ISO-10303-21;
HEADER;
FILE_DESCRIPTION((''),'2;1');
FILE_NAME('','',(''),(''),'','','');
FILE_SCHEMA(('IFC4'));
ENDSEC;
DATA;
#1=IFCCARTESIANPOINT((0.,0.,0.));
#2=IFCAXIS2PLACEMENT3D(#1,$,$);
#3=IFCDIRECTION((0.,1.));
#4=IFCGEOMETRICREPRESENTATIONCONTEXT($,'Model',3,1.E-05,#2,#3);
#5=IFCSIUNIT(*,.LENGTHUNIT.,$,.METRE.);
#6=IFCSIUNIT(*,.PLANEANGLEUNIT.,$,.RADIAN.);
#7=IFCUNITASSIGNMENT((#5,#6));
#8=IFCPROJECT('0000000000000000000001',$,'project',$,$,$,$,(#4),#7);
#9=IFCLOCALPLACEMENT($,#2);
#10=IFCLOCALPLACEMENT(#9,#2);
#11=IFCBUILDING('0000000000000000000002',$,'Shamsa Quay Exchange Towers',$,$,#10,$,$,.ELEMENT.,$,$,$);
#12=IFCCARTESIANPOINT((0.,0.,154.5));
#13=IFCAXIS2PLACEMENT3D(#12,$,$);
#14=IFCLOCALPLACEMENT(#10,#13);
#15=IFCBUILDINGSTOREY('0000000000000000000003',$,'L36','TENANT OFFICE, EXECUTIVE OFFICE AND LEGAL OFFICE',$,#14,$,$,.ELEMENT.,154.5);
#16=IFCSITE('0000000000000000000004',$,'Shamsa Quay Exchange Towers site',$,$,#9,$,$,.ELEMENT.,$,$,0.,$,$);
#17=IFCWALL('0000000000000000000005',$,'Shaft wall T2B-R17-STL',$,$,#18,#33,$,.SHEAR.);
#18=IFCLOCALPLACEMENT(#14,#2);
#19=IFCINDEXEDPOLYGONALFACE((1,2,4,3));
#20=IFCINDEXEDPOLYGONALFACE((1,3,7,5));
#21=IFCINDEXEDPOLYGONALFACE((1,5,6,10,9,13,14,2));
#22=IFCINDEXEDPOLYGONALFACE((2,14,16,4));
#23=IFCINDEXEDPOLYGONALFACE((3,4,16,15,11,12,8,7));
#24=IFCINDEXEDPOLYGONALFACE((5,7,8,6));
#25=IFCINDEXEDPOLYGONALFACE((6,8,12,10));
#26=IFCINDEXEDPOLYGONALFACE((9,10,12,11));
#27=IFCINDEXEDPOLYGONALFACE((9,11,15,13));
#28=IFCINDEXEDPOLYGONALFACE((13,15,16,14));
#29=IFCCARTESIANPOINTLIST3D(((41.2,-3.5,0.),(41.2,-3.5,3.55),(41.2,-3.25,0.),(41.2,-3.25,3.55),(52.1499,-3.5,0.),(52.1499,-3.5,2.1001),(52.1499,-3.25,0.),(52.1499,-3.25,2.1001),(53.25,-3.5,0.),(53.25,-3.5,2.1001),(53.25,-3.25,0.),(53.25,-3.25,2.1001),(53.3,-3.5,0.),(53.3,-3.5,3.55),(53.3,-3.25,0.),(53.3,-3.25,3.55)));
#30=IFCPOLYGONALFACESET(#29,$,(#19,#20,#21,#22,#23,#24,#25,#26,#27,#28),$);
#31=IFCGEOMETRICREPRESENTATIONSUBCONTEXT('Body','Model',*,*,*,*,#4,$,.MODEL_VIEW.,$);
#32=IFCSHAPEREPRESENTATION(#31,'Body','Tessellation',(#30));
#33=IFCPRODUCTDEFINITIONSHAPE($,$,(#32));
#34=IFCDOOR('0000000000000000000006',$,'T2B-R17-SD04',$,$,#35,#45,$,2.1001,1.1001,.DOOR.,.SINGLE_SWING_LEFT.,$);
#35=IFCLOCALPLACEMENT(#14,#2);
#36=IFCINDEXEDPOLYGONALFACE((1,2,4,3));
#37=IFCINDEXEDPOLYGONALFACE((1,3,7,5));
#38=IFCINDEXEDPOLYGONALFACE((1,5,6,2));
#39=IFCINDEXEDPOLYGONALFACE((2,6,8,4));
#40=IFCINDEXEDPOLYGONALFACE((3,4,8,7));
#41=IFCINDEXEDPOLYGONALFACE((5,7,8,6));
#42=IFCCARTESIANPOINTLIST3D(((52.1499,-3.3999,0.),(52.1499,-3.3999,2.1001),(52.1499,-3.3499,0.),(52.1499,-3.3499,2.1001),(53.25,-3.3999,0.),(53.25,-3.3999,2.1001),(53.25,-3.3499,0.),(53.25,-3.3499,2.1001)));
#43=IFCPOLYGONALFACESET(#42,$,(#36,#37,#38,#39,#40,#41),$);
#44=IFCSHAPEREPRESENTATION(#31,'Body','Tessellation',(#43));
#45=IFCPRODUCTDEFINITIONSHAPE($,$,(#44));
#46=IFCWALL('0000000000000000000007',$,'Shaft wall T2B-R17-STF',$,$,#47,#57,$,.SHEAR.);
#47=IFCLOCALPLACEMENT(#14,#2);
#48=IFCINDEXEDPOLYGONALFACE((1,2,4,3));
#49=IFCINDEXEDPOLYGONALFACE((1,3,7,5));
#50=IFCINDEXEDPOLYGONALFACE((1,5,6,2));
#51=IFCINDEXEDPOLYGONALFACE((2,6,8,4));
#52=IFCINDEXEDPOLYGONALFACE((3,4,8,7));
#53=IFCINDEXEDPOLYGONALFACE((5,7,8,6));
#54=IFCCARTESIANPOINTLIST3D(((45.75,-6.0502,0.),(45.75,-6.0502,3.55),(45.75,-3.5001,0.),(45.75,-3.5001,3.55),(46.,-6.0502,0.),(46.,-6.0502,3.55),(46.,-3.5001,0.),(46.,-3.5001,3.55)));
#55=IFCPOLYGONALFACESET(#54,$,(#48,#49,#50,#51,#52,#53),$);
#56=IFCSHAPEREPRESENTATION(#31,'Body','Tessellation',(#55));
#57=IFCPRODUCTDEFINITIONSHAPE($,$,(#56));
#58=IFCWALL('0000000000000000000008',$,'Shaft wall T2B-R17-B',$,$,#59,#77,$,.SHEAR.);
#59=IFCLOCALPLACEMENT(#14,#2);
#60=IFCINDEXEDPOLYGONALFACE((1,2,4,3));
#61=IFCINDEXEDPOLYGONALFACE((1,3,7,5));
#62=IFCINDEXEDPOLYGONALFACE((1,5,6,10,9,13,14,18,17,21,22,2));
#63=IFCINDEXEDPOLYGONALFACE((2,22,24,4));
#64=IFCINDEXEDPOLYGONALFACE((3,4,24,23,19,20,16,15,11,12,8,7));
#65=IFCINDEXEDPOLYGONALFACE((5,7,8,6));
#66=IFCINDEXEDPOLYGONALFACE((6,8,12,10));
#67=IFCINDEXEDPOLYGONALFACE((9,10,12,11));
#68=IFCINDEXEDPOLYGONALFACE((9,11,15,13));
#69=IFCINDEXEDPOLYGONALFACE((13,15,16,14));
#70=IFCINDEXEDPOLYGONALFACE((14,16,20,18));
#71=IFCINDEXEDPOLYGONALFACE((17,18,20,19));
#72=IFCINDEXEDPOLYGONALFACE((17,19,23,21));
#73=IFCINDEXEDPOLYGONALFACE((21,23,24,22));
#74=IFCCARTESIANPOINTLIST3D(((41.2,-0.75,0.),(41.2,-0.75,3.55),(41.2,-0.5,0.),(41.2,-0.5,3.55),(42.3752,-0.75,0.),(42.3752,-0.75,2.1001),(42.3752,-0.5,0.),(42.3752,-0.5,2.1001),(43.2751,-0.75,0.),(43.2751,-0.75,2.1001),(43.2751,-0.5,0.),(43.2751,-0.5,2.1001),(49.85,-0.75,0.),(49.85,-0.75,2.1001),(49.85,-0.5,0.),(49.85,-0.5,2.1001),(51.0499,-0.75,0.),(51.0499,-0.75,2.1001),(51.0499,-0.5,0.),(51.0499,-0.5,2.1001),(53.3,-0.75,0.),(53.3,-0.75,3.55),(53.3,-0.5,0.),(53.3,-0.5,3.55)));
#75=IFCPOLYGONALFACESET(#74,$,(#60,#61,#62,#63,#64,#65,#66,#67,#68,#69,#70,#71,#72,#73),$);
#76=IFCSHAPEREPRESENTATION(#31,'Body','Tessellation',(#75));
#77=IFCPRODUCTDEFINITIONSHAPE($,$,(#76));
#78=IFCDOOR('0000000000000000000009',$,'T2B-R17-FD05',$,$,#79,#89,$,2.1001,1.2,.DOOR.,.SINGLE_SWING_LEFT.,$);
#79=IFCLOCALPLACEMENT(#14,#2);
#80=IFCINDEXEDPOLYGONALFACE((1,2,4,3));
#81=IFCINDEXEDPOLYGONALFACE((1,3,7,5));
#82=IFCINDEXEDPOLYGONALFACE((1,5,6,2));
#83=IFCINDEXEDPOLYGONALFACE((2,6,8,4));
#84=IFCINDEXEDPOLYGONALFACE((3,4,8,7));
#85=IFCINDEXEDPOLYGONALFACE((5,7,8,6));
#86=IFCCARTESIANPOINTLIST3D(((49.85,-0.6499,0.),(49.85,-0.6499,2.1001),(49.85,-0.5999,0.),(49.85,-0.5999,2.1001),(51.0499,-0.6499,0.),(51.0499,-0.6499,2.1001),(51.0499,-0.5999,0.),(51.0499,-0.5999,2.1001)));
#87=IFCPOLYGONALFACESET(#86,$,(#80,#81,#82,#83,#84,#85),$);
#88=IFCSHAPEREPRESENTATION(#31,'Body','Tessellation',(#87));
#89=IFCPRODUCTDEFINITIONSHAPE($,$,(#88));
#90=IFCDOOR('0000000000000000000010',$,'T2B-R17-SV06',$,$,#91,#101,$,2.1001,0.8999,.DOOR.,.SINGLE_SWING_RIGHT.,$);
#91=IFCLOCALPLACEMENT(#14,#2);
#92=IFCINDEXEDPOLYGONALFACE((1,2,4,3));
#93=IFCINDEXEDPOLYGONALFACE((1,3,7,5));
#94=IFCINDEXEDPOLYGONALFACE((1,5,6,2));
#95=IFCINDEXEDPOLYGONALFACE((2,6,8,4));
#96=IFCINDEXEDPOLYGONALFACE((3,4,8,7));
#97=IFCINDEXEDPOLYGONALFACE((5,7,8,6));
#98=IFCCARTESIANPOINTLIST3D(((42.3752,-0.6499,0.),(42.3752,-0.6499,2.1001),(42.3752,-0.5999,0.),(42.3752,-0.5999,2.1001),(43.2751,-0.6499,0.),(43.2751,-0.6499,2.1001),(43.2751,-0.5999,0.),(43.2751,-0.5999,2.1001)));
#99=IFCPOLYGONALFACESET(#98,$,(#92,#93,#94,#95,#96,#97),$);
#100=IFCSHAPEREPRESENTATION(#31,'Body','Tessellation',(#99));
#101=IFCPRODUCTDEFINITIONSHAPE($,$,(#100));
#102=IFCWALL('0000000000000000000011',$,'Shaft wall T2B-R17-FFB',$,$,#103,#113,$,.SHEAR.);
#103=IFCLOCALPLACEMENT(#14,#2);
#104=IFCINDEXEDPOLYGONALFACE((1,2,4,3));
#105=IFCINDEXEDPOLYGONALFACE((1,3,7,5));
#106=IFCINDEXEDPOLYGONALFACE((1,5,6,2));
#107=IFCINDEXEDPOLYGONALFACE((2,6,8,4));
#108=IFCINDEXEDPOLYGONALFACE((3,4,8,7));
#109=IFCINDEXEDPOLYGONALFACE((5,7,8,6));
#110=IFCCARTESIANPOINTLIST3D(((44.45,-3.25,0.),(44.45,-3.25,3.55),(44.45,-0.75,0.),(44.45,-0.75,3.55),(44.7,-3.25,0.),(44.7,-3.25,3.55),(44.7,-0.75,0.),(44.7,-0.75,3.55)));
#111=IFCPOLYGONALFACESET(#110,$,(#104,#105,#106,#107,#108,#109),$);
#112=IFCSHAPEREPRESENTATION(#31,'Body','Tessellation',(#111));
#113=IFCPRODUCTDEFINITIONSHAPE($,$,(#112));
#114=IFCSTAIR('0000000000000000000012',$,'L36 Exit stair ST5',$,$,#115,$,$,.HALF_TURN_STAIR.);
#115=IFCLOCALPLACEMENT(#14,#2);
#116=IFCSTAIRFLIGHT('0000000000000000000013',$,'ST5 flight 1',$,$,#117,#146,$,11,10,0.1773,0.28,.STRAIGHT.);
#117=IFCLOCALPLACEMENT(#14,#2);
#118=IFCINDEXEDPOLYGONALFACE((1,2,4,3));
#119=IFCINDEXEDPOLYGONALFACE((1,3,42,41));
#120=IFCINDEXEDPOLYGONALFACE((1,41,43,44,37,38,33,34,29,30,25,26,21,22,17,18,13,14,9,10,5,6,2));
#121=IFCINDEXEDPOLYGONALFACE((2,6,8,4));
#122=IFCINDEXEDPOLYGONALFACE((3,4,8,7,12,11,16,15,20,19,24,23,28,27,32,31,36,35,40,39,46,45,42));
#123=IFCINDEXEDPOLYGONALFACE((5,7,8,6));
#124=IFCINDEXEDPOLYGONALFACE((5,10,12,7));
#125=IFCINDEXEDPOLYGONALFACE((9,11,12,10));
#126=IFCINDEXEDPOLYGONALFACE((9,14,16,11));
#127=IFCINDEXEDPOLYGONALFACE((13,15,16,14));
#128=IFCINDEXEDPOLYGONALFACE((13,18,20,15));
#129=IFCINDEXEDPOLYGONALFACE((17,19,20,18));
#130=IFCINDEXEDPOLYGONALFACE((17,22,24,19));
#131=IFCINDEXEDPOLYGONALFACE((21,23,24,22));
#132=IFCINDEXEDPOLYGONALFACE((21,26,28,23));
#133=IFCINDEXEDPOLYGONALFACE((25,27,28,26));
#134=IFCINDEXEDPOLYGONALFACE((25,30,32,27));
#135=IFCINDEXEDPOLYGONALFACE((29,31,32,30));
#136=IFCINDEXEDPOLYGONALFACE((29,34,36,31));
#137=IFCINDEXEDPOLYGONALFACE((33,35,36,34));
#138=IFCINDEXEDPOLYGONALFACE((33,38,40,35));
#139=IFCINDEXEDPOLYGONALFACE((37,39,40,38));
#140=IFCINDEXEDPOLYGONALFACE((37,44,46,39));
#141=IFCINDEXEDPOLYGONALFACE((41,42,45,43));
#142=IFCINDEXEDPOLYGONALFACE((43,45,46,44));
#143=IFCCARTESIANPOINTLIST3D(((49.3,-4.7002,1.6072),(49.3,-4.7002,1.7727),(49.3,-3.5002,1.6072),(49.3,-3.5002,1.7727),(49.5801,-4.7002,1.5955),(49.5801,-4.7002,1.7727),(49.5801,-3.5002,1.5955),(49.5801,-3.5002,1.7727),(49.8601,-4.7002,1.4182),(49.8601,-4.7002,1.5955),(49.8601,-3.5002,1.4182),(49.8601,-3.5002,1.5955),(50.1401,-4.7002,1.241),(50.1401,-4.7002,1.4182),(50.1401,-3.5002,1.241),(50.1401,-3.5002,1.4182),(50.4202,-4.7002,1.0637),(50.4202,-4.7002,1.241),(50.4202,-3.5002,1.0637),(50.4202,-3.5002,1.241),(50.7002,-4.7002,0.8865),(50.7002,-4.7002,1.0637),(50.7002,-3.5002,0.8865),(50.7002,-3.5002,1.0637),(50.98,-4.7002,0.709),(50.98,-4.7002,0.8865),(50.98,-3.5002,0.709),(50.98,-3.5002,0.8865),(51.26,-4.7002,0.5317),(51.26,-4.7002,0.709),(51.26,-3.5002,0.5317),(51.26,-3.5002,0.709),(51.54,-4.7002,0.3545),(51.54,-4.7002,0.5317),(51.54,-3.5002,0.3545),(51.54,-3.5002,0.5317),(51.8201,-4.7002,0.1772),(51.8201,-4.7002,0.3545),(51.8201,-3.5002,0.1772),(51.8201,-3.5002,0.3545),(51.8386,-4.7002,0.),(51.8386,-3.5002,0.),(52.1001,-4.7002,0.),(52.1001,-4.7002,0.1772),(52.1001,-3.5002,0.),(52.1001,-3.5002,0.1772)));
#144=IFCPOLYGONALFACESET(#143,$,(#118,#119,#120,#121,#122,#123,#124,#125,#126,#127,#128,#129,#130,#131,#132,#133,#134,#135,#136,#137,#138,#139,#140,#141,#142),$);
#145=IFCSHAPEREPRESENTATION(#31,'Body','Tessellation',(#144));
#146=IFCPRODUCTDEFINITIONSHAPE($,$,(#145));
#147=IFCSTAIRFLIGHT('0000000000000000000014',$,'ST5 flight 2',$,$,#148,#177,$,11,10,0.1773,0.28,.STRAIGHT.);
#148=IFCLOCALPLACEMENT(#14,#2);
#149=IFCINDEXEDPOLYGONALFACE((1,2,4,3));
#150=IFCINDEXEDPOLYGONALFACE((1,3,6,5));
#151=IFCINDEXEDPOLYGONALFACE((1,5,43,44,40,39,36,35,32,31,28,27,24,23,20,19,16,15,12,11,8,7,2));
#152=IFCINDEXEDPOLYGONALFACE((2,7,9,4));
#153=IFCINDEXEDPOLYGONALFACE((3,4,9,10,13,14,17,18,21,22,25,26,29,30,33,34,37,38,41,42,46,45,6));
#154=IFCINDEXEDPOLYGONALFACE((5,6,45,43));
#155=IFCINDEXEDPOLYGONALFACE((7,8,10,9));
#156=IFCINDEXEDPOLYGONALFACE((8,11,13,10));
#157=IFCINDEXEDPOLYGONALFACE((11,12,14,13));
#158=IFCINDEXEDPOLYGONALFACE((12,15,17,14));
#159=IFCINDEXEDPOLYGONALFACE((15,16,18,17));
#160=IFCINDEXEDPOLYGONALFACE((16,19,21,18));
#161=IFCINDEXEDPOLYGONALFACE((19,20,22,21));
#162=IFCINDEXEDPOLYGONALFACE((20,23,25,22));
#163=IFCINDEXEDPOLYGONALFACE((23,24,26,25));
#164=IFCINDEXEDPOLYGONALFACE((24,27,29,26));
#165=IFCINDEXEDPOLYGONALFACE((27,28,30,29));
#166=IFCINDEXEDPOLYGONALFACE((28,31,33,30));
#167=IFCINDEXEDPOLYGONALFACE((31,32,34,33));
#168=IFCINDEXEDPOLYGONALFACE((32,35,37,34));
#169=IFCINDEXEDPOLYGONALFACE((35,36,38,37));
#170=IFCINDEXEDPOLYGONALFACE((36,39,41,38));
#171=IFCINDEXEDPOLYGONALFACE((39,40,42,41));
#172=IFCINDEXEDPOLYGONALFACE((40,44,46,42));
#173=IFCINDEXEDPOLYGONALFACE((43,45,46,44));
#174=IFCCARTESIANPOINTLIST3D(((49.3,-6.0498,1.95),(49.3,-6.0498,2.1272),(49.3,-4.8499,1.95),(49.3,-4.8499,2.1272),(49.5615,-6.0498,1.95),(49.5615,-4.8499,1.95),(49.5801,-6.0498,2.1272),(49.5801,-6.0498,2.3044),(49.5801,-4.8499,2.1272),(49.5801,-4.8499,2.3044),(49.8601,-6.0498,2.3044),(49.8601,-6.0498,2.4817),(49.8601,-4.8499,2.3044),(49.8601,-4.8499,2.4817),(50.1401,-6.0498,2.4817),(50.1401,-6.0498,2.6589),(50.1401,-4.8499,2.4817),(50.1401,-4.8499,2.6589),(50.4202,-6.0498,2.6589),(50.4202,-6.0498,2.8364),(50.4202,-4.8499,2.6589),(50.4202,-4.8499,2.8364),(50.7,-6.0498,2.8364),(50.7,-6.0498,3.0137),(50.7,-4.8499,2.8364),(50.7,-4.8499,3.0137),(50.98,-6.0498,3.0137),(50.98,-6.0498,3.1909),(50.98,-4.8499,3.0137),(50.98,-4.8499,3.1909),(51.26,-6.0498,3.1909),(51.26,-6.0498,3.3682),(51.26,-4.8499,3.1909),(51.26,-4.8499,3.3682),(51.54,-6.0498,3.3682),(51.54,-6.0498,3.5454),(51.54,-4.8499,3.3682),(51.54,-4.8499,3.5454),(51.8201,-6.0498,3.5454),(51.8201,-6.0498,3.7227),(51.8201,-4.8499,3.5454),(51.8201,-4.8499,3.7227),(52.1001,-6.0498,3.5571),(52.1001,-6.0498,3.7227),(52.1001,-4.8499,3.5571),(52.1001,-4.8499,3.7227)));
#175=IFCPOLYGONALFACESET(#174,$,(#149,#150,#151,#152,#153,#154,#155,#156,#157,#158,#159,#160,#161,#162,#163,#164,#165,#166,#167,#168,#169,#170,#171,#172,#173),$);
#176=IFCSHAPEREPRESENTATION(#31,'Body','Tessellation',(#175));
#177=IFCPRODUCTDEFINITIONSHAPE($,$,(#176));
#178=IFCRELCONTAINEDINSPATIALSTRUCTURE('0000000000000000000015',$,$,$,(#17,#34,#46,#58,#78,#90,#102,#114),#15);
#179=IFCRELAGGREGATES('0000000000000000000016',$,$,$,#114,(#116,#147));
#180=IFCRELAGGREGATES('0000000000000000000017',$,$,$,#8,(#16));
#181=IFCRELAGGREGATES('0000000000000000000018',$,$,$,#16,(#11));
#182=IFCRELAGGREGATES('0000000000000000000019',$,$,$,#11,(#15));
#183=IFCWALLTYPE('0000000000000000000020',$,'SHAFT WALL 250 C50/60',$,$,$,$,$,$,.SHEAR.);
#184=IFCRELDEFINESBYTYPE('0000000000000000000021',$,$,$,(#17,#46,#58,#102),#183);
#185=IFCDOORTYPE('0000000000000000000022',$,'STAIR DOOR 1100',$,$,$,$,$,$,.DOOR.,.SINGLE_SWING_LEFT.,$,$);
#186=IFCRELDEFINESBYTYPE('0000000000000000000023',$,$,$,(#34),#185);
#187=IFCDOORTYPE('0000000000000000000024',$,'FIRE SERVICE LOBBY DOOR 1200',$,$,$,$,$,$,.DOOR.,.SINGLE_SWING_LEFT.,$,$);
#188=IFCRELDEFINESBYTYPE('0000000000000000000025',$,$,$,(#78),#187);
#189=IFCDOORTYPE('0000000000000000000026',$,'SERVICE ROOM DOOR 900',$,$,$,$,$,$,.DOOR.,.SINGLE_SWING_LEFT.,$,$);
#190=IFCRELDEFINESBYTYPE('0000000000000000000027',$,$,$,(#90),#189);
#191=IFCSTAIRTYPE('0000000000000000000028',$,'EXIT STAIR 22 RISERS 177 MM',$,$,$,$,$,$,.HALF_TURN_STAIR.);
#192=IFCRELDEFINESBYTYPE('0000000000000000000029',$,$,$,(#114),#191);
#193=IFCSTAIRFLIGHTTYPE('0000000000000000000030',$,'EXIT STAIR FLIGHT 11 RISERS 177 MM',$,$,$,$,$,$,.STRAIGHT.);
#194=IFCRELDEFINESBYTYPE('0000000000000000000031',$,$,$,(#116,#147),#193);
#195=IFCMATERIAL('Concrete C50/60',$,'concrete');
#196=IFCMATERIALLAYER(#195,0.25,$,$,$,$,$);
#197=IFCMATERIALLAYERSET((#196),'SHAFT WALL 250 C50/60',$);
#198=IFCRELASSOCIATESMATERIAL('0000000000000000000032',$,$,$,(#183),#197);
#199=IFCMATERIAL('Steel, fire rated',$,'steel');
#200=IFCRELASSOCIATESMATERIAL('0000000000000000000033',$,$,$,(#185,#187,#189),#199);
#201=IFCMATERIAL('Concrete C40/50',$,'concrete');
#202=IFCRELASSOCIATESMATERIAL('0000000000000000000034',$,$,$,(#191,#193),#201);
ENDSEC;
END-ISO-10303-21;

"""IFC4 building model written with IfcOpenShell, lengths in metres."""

from ifc_helpers import new_model, si_unit, direction, frame, frame_2d, origin, place, context, subcontext, project, spatial, polyline, rectangle, outline, extrude, material, layer, layer_set, type_object, element, fill, aggregate, save


model = new_model("IFC4")

# Units and contexts
model_context = context("Model", 3, precision=1e-05, world=origin(), true_north=direction((0.0, 1.0)))
body_context = subcontext(model_context, "Body", "Model", "MODEL_VIEW")
ifc_project = project(units=[si_unit("LENGTHUNIT", "METRE"), si_unit("PLANEANGLEUNIT", "RADIAN")], contexts=[model_context])

# Site, building, storey
site_placement = place(None, origin())
site = spatial("IfcSite", under=ifc_project, at=site_placement, Name="Shamsa Quay Exchange Towers site", CompositionType="ELEMENT", RefElevation=0.0)
building_placement = place(site_placement, origin())
building = spatial("IfcBuilding", under=site, at=building_placement, Name="Shamsa Quay Exchange Towers", CompositionType="ELEMENT")
storey_placement = place(building_placement, frame((0.0, 0.0, 154.5)))
storey = spatial("IfcBuildingStorey", under=building, at=storey_placement, Name="L36", Description="TENANT OFFICE, EXECUTIVE OFFICE AND LEGAL OFFICE", CompositionType="ELEMENT", Elevation=154.5)

# Wall, opening, door
ifc_material_1 = material(Name="Steel, fire rated", Category="steel")
ifc_material_2 = material(Name="Concrete C50/60", Category="concrete")
ifc_layer_1 = layer(ifc_material_2, 0.25)
ifc_layer_set_1 = layer_set([ifc_layer_1], Name="SHAFT WALL 250 C50/60")
wall_type_1 = type_object("IfcWallType", Name="SHAFT WALL 250 C50/60", PredefinedType="SHEAR", material=ifc_layer_set_1)
wall_1_placement = place(storey_placement, frame((53.3, -3.375, 0.0), z_axis=(0.0, 0.0, 1.0), x_axis=(-1.0, 0.0, 0.0)))
wall_1 = element("IfcWall", 1, at=wall_1_placement, inside=storey, type_object=wall_type_1, Name="Shaft wall T2B-R17-STL", PredefinedType="SHEAR", context=body_context, shape_type="SweptSolid", body=[
    extrude(rectangle(XDim=12.1001, YDim=0.25, at=frame_2d((6.05, 0.0))), origin(), (0.0, 0.0, 1.0), 3.55),
])
opening_1_placement = place(wall_1_placement, frame((0.05, 0.0, 0.0)))
opening_1 = element("IfcOpeningElement", 2, at=opening_1_placement, cuts=wall_1, PredefinedType="OPENING", context=body_context, shape_type="SweptSolid", body=[
    extrude(rectangle(XDim=1.1001, YDim=2.1001, at=frame_2d((0.55, 1.05))), frame((0.0, 0.135, 0.0), z_axis=(0.0, -1.0, 0.0), x_axis=(1.0, 0.0, 0.0)), (0.0, 0.0, 1.0), 0.27),
])
door_type_1 = type_object("IfcDoorType", Name="STAIR DOOR 1100", OperationType="SINGLE_SWING_LEFT", PredefinedType="DOOR", material=ifc_material_1)
door_1_placement = place(opening_1_placement, origin())
door_1 = element("IfcDoor", 3, at=door_1_placement, inside=storey, type_object=door_type_1, Name="T2B-R17-SD04", OperationType="SINGLE_SWING_LEFT", OverallHeight=2.1001, OverallWidth=1.1001, PredefinedType="DOOR", context=body_context, shape_type="SweptSolid", body=[
    extrude(rectangle(XDim=1.1001, YDim=2.1001, at=frame_2d((0.55, 1.05))), frame((0.0, 0.0249, 0.0), z_axis=(0.0, -1.0, 0.0), x_axis=(1.0, 0.0, 0.0)), (0.0, 0.0, 1.0), 0.05),
])
fill(opening_1, door_1)

# Wall
wall_2_placement = place(storey_placement, frame((45.875, -6.05, 0.0), z_axis=(0.0, 0.0, 1.0), x_axis=(0.0, 1.0, 0.0)))
element("IfcWall", 4, at=wall_2_placement, inside=storey, type_object=wall_type_1, Name="Shaft wall T2B-R17-STF", PredefinedType="SHEAR", context=body_context, shape_type="SweptSolid", body=[
    extrude(rectangle(XDim=2.55, YDim=0.25, at=frame_2d((1.2749, 0.0))), origin(), (0.0, 0.0, 1.0), 3.55),
])

# Wall, openings, doors
wall_3_placement = place(storey_placement, frame((53.3, -0.625, 0.0), z_axis=(0.0, 0.0, 1.0), x_axis=(-1.0, 0.0, 0.0)))
wall_3 = element("IfcWall", 5, at=wall_3_placement, inside=storey, type_object=wall_type_1, Name="Shaft wall T2B-R17-B", PredefinedType="SHEAR", context=body_context, shape_type="SweptSolid", body=[
    extrude(rectangle(XDim=12.1001, YDim=0.25, at=frame_2d((6.05, 0.0))), origin(), (0.0, 0.0, 1.0), 3.55),
])
opening_2_placement = place(wall_3_placement, frame((2.25, 0.0, 0.0)))
opening_2 = element("IfcOpeningElement", 6, at=opening_2_placement, cuts=wall_3, PredefinedType="OPENING", context=body_context, shape_type="SweptSolid", body=[
    extrude(rectangle(XDim=1.2, YDim=2.1001, at=frame_2d((0.6001, 1.05))), frame((0.0, 0.135, 0.0), z_axis=(0.0, -1.0, 0.0), x_axis=(1.0, 0.0, 0.0)), (0.0, 0.0, 1.0), 0.27),
])
opening_3_placement = place(wall_3_placement, frame((10.0249, 0.0, 0.0)))
opening_3 = element("IfcOpeningElement", 7, at=opening_3_placement, cuts=wall_3, PredefinedType="OPENING", context=body_context, shape_type="SweptSolid", body=[
    extrude(rectangle(XDim=0.8999, YDim=2.1001, at=frame_2d((0.45, 1.05))), frame((0.0, 0.135, 0.0), z_axis=(0.0, -1.0, 0.0), x_axis=(1.0, 0.0, 0.0)), (0.0, 0.0, 1.0), 0.27),
])
door_type_2 = type_object("IfcDoorType", Name="FIRE SERVICE LOBBY DOOR 1200", OperationType="SINGLE_SWING_LEFT", PredefinedType="DOOR", material=ifc_material_1)
door_2_placement = place(opening_2_placement, origin())
door_2 = element("IfcDoor", 8, at=door_2_placement, inside=storey, type_object=door_type_2, Name="T2B-R17-FD05", OperationType="SINGLE_SWING_LEFT", OverallHeight=2.1001, OverallWidth=1.2, PredefinedType="DOOR", context=body_context, shape_type="SweptSolid", body=[
    extrude(rectangle(XDim=1.2, YDim=2.1001, at=frame_2d((0.6001, 1.05))), frame((0.0, 0.0249, 0.0), z_axis=(0.0, -1.0, 0.0), x_axis=(1.0, 0.0, 0.0)), (0.0, 0.0, 1.0), 0.05),
])
fill(opening_2, door_2)
door_type_3 = type_object("IfcDoorType", Name="SERVICE ROOM DOOR 900", OperationType="SINGLE_SWING_LEFT", PredefinedType="DOOR", material=ifc_material_1)
door_3_placement = place(opening_3_placement, origin())
door_3 = element("IfcDoor", 9, at=door_3_placement, inside=storey, type_object=door_type_3, Name="T2B-R17-SV06", OperationType="SINGLE_SWING_RIGHT", OverallHeight=2.1001, OverallWidth=0.8999, PredefinedType="DOOR", context=body_context, shape_type="SweptSolid", body=[
    extrude(rectangle(XDim=0.8999, YDim=2.1001, at=frame_2d((0.45, 1.05))), frame((0.0, 0.0249, 0.0), z_axis=(0.0, -1.0, 0.0), x_axis=(1.0, 0.0, 0.0)), (0.0, 0.0, 1.0), 0.05),
])
fill(opening_3, door_3)

# Wall
wall_4_placement = place(storey_placement, frame((44.575, -3.25, 0.0), z_axis=(0.0, 0.0, 1.0), x_axis=(0.0, 1.0, 0.0)))
element("IfcWall", 10, at=wall_4_placement, inside=storey, type_object=wall_type_1, Name="Shaft wall T2B-R17-FFB", PredefinedType="SHEAR", context=body_context, shape_type="SweptSolid", body=[
    extrude(rectangle(XDim=2.5, YDim=0.25, at=frame_2d((1.25, 0.0))), origin(), (0.0, 0.0, 1.0), 3.55),
])

# Stair, stair flights
ifc_material_3 = material(Name="Concrete C40/50", Category="concrete")
stair_type = type_object("IfcStairType", Name="EXIT STAIR 22 RISERS 177 MM", PredefinedType="HALF_TURN_STAIR", material=ifc_material_3)
stair_placement = place(storey_placement, origin())
stair = element("IfcStair", 11, at=stair_placement, inside=storey, type_object=stair_type, Name="L36 Exit stair ST5", PredefinedType="HALF_TURN_STAIR")
stair_flight_type = type_object("IfcStairFlightType", Name="EXIT STAIR FLIGHT 11 RISERS 177 MM", PredefinedType="STRAIGHT", material=ifc_material_3)
stair_flight_1_placement = place(storey_placement, frame((52.1001, -4.1001, 0.0), z_axis=(0.0, 0.0, 1.0), x_axis=(-1.0, 0.0, 0.0)))
stair_flight_1 = element("IfcStairFlight", 12, at=stair_flight_1_placement, type_object=stair_flight_type, Name="ST5 flight 1", NumberOfRisers=11, NumberOfTreads=10, PredefinedType="STRAIGHT", RiserHeight=0.1773, TreadLength=0.28, context=body_context, shape_type="SweptSolid", body=[
    extrude(outline(polyline([(0.0, 0.0), (0.0, 0.1772), (0.28, 0.1772), (0.28, 0.3545), (0.5601, 0.3545), (0.5601, 0.5317), (0.8401, 0.5317), (0.8401, 0.709), (1.1201, 0.709), (1.1201, 0.8865), (1.3999, 0.8865), (1.3999, 1.0637), (1.6799, 1.0637), (1.6799, 1.241), (1.96, 1.241), (1.96, 1.4182), (2.24, 1.4182), (2.24, 1.5955), (2.52, 1.5955), (2.52, 1.7727), (2.8, 1.7727), (2.8, 1.95), (2.8, 1.6072), (0.2615, 0.0), (0.0, 0.0)])), frame((0.0, 0.6001, 0.0), z_axis=(0.0, -1.0, 0.0), x_axis=(1.0, 0.0, 0.0)), (0.0, 0.0, 1.0), 1.2),
])
stair_flight_2_placement = place(storey_placement, frame((49.3, -5.45, 1.95)))
stair_flight_2 = element("IfcStairFlight", 13, at=stair_flight_2_placement, type_object=stair_flight_type, Name="ST5 flight 2", NumberOfRisers=11, NumberOfTreads=10, PredefinedType="STRAIGHT", RiserHeight=0.1773, TreadLength=0.28, context=body_context, shape_type="SweptSolid", body=[
    extrude(outline(polyline([(0.0, 0.0), (0.0, 0.1772), (0.28, 0.1772), (0.28, 0.3545), (0.5601, 0.3545), (0.5601, 0.5317), (0.8401, 0.5317), (0.8401, 0.709), (1.1201, 0.709), (1.1201, 0.8865), (1.3999, 0.8865), (1.3999, 1.0637), (1.6799, 1.0637), (1.6799, 1.241), (1.96, 1.241), (1.96, 1.4182), (2.24, 1.4182), (2.24, 1.5955), (2.52, 1.5955), (2.52, 1.7727), (2.8, 1.7727), (2.8, 1.95), (2.8, 1.6072), (0.2615, 0.0), (0.0, 0.0)])), frame((0.0, 0.6001, 0.0), z_axis=(0.0, -1.0, 0.0), x_axis=(1.0, 0.0, 0.0)), (0.0, 0.0, 1.0), 1.2),
])
aggregate(stair, [stair_flight_1, stair_flight_2])

save(model, "model.ifc")
